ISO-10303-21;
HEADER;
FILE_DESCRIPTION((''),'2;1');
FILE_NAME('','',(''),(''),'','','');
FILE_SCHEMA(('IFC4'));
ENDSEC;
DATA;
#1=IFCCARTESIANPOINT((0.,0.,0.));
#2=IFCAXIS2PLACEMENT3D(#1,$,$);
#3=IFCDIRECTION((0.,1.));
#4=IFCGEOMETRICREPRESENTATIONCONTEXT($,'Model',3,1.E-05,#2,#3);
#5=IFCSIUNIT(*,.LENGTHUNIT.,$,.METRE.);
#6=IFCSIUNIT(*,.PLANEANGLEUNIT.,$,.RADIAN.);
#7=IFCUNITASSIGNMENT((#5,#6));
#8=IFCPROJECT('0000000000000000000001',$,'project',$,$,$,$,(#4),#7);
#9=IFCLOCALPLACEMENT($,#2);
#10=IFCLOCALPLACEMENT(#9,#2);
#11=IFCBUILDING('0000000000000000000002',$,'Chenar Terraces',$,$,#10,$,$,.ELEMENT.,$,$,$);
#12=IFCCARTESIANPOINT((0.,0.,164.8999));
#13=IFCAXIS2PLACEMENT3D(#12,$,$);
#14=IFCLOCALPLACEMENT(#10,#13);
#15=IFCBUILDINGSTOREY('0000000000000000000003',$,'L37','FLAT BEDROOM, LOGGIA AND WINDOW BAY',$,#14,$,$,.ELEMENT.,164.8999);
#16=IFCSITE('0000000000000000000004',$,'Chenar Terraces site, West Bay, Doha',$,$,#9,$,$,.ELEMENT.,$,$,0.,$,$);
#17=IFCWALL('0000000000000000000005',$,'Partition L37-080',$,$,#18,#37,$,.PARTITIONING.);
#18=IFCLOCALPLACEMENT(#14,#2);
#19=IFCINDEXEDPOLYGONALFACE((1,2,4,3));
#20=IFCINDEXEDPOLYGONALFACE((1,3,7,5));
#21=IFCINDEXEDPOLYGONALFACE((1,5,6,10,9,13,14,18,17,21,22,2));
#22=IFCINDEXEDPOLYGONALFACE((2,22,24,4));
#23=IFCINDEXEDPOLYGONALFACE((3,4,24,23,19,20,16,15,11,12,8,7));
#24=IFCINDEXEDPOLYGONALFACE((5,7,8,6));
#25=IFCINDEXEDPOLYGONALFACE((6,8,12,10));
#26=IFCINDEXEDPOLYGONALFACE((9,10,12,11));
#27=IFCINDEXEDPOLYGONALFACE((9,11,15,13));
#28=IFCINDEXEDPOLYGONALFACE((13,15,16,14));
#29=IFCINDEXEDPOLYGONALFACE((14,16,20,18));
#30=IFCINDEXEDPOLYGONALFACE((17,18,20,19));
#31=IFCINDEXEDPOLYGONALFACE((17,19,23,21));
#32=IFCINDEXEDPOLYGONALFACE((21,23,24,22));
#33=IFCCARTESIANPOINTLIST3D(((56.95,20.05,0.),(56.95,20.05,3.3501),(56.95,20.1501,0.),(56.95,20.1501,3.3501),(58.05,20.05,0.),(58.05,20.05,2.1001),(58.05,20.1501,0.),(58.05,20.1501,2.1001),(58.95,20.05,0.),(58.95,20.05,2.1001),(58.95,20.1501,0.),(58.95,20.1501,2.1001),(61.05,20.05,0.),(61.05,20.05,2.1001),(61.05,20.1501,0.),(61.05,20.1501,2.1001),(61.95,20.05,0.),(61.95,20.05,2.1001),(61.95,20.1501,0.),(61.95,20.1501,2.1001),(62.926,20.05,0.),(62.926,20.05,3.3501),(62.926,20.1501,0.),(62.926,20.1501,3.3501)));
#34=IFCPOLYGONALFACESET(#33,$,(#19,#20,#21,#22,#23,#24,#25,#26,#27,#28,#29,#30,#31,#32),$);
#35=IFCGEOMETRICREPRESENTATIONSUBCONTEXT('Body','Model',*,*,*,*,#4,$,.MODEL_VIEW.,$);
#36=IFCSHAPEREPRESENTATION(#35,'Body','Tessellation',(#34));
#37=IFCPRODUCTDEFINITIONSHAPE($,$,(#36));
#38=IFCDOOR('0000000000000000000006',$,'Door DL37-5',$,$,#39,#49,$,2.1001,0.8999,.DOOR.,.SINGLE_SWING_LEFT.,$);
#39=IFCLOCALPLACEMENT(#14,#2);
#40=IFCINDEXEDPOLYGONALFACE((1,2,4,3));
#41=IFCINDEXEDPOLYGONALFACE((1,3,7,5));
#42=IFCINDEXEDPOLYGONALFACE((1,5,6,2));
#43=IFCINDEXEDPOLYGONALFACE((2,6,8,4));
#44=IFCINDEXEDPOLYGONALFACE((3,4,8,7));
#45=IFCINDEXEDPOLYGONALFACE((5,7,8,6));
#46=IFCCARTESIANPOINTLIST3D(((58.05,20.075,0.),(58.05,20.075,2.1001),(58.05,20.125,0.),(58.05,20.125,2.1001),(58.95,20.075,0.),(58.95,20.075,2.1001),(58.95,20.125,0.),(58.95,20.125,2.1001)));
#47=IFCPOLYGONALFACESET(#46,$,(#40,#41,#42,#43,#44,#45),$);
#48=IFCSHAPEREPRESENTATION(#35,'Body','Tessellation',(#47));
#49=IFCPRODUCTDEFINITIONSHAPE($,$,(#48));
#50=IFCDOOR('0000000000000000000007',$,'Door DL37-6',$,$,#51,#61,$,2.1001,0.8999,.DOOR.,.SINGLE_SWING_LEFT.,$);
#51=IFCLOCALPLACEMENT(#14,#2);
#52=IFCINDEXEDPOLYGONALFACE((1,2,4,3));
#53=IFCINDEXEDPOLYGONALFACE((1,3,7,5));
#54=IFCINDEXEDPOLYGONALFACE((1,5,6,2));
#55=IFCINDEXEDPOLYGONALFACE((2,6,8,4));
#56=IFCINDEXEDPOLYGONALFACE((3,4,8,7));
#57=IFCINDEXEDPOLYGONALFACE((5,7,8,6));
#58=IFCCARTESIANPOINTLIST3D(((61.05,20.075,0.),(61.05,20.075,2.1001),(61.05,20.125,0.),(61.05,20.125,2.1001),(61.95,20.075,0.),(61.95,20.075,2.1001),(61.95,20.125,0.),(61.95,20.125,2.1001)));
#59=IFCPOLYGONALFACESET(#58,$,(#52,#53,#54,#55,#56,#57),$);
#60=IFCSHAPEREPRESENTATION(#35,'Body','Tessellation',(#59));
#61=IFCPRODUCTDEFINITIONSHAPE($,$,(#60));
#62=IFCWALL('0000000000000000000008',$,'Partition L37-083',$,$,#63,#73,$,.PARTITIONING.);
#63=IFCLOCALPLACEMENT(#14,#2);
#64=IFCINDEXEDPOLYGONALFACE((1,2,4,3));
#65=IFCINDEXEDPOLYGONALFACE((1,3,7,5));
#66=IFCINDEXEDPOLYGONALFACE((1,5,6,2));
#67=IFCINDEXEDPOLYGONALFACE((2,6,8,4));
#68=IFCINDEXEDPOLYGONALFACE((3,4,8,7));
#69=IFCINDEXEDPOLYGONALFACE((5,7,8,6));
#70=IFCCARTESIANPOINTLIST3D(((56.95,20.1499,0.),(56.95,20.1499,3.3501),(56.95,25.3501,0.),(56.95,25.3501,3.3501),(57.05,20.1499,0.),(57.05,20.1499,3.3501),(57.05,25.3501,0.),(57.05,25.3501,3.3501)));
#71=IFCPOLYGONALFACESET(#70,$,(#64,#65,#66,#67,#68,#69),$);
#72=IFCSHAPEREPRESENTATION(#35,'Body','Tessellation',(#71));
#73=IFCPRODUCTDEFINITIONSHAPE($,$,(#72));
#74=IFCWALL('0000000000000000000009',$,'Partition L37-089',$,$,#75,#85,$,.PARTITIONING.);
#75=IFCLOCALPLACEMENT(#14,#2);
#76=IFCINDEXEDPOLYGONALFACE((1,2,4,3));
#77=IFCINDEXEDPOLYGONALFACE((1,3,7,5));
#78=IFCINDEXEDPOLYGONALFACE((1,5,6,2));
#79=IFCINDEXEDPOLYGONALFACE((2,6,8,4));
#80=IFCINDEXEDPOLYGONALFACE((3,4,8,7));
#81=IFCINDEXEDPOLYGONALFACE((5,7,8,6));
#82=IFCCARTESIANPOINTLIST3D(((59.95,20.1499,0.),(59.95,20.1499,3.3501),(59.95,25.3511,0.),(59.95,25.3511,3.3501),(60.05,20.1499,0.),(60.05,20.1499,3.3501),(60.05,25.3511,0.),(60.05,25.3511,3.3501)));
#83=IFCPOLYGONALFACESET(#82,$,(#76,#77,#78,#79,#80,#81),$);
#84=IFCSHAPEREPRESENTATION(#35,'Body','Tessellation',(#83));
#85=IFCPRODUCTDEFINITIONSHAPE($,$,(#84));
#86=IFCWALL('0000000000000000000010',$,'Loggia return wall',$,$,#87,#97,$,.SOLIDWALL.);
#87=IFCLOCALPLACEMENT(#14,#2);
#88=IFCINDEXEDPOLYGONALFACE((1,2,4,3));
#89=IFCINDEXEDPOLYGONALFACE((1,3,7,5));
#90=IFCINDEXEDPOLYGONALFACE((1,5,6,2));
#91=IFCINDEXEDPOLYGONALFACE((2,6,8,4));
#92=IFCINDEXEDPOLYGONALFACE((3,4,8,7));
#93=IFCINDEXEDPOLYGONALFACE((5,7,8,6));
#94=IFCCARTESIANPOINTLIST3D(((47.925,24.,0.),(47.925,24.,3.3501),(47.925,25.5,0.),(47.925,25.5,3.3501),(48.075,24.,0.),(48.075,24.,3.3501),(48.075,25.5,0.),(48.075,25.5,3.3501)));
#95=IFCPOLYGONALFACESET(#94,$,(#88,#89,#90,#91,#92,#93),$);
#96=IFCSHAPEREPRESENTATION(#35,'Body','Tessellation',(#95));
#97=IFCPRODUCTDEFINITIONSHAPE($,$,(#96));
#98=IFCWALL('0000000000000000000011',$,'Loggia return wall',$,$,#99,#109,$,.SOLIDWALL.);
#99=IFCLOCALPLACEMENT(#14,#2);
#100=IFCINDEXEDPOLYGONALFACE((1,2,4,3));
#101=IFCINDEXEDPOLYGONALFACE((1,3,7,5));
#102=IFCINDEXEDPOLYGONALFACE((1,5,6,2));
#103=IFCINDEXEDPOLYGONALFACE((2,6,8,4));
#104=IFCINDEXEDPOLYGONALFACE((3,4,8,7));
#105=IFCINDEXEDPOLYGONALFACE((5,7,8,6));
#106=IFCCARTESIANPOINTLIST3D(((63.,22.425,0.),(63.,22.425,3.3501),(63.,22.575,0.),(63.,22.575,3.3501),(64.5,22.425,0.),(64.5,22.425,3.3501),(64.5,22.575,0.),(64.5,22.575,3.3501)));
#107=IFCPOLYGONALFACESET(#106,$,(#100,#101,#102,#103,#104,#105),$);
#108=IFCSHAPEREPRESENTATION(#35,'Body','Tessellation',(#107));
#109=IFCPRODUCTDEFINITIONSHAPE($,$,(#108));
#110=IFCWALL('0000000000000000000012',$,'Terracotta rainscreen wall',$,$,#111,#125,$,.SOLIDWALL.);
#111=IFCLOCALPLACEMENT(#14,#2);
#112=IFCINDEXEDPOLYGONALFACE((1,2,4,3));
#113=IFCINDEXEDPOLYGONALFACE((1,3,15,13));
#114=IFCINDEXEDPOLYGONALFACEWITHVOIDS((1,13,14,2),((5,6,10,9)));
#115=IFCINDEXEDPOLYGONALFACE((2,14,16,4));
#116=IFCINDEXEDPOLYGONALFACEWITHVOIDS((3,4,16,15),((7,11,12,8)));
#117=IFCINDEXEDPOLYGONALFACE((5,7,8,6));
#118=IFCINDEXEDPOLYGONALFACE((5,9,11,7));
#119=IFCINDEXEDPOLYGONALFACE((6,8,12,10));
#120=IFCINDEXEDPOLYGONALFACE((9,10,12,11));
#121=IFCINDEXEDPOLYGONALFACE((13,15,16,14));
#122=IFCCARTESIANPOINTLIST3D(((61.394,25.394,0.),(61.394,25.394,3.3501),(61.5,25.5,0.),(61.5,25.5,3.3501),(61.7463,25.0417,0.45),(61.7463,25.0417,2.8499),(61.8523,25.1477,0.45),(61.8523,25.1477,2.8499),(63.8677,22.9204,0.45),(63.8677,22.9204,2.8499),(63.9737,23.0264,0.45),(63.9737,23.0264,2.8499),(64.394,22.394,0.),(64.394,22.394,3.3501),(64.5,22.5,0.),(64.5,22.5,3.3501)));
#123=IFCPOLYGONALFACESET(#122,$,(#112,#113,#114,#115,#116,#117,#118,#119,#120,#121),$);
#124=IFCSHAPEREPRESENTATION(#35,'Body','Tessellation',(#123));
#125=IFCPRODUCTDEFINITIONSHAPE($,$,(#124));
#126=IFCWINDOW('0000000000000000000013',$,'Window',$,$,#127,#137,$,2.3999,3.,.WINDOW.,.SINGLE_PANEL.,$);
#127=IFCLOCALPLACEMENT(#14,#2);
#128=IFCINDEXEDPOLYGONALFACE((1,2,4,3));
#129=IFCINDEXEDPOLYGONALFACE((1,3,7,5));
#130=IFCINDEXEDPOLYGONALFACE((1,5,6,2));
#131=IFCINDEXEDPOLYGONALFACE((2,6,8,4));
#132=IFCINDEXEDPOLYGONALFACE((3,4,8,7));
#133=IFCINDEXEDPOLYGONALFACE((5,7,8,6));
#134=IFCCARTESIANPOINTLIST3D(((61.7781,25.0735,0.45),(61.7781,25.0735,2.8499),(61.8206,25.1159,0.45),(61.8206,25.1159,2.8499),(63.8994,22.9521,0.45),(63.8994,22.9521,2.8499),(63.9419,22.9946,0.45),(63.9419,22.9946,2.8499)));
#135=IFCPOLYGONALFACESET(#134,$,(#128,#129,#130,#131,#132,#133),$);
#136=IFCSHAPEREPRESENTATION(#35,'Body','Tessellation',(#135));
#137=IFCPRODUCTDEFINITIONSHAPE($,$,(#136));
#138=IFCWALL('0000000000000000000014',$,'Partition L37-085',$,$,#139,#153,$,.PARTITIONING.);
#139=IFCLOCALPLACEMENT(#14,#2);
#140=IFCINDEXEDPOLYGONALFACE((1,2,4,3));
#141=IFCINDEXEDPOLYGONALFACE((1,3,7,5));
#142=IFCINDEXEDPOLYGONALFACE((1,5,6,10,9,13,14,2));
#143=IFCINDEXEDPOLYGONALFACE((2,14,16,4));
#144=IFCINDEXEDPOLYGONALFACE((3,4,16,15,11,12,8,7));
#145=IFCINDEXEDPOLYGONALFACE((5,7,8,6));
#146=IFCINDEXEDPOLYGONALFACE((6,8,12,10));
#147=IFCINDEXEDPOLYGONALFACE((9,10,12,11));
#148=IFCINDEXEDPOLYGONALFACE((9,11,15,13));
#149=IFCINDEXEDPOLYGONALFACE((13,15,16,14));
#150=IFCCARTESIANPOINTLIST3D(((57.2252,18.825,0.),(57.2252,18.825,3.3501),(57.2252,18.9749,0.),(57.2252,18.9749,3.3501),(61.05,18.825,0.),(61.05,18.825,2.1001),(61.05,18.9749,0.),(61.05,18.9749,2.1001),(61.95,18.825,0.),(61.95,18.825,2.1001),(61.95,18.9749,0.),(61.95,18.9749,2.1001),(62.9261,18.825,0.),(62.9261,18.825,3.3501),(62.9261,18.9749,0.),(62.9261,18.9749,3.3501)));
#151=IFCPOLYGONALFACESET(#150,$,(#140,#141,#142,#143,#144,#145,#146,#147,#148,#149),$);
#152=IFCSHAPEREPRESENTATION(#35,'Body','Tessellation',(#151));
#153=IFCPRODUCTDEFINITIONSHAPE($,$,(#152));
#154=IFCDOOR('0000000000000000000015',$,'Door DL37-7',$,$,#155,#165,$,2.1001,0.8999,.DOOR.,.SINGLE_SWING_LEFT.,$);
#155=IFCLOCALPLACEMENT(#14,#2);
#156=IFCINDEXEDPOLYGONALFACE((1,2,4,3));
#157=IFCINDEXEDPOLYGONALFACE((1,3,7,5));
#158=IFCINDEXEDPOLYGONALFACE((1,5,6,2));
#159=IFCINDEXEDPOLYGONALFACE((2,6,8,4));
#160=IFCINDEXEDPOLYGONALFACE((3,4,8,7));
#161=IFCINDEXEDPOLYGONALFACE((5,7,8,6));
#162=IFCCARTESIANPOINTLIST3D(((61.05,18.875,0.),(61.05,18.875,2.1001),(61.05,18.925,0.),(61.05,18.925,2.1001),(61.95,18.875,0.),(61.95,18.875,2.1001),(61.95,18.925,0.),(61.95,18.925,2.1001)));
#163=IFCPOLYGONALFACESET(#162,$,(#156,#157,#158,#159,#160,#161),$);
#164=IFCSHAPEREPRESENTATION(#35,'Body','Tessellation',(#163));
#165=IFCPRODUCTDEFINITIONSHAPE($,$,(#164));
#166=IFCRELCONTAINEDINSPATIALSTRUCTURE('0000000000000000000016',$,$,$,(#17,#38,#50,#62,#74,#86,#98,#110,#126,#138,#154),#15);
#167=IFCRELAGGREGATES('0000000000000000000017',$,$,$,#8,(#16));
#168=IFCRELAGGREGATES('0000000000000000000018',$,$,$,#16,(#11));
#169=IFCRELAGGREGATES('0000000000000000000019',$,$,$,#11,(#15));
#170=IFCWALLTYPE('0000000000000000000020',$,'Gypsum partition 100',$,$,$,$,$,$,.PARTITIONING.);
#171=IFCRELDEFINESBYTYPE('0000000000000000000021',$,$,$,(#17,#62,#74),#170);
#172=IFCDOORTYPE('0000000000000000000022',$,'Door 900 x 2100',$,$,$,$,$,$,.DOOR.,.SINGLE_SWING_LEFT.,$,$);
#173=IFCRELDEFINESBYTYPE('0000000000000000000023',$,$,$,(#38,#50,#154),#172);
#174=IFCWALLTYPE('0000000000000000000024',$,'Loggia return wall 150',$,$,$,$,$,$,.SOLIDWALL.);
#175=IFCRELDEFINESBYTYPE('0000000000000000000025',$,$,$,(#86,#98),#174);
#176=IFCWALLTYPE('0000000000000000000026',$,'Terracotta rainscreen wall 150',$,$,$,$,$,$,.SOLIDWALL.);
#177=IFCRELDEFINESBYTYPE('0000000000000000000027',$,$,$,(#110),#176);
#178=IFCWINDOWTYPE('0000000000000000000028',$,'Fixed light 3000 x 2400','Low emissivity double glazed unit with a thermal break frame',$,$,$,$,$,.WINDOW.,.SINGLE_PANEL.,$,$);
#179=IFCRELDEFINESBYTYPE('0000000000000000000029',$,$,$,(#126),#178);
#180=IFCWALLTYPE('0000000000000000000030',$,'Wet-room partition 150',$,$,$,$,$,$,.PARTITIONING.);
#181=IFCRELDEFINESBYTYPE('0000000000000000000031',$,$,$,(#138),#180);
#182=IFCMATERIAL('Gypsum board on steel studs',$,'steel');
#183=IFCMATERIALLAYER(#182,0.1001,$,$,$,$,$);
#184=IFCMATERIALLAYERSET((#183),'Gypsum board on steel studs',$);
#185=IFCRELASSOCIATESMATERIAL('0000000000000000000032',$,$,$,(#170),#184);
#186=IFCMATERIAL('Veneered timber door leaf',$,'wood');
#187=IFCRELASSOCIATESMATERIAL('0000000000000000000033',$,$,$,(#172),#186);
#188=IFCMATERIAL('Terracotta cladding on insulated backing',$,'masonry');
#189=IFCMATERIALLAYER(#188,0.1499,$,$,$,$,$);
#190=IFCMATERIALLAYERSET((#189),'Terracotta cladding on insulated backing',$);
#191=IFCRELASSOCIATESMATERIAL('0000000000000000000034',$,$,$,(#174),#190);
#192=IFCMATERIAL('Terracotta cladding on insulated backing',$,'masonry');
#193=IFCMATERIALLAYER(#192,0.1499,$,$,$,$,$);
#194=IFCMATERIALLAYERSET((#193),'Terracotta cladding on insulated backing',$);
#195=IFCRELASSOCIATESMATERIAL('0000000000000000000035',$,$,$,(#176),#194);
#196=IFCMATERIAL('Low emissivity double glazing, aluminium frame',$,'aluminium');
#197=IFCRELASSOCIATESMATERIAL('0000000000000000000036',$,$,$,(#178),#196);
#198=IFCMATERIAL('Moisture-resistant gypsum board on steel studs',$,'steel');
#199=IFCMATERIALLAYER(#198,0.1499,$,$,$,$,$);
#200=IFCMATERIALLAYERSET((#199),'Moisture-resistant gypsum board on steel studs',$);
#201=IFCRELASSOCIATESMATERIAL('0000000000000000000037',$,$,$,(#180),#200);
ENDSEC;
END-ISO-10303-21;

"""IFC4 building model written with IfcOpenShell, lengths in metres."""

from ifc_helpers import new_model, si_unit, direction, frame, frame_2d, origin, place, context, subcontext, project, spatial, rectangle, extrude, material, layer, layer_set, type_object, element, fill, save


model = new_model("IFC4")

# Units and contexts
model_context = context("Model", 3, precision=1e-05, world=origin(), true_north=direction((0.0, 1.0)))
body_context = subcontext(model_context, "Body", "Model", "MODEL_VIEW")
ifc_project = project(units=[si_unit("LENGTHUNIT", "METRE"), si_unit("PLANEANGLEUNIT", "RADIAN")], contexts=[model_context])

# Site, building, storey
site_placement = place(None, origin())
site = spatial("IfcSite", under=ifc_project, at=site_placement, Name="Chenar Terraces site, West Bay, Doha", CompositionType="ELEMENT", RefElevation=0.0)
building_placement = place(site_placement, origin())
building = spatial("IfcBuilding", under=site, at=building_placement, Name="Chenar Terraces", CompositionType="ELEMENT")
storey_placement = place(building_placement, frame((0.0, 0.0, 164.8999)))
storey = spatial("IfcBuildingStorey", under=building, at=storey_placement, Name="L37", Description="FLAT BEDROOM, LOGGIA AND WINDOW BAY", CompositionType="ELEMENT", Elevation=164.8999)

# Wall, openings, doors
ifc_material_1 = material(Name="Gypsum board on steel studs", Category="steel")
ifc_layer_1 = layer(ifc_material_1, 0.1001)
ifc_layer_set_1 = layer_set([ifc_layer_1], Name="Gypsum board on steel studs")
wall_type_1 = type_object("IfcWallType", Name="Gypsum partition 100", PredefinedType="PARTITIONING", material=ifc_layer_set_1)
wall_1_placement = place(storey_placement, frame((56.95, 20.1001, 0.0), z_axis=(0.0, 0.0, 1.0), x_axis=(1.0, 0.0, 0.0)))
wall_1 = element("IfcWall", 1, at=wall_1_placement, inside=storey, type_object=wall_type_1, Name="Partition L37-080", PredefinedType="PARTITIONING", context=body_context, shape_type="SweptSolid", body=[
    extrude(rectangle(XDim=5.9761, YDim=0.1001, at=frame_2d((2.988, 0.0))), origin(), (0.0, 0.0, 1.0), 3.3501),
])
opening_1_placement = place(wall_1_placement, frame((1.1001, 0.0, 0.0)))
opening_1 = element("IfcOpeningElement", 2, at=opening_1_placement, cuts=wall_1, PredefinedType="OPENING", context=body_context, shape_type="SweptSolid", body=[
    extrude(rectangle(XDim=0.8999, YDim=2.1001, at=frame_2d((0.45, 1.05))), frame((0.0, 0.0601, 0.0), z_axis=(0.0, -1.0, 0.0), x_axis=(1.0, 0.0, 0.0)), (0.0, 0.0, 1.0), 0.1201),
])
opening_2_placement = place(wall_1_placement, frame((4.1001, 0.0, 0.0)))
opening_2 = element("IfcOpeningElement", 3, at=opening_2_placement, cuts=wall_1, PredefinedType="OPENING", context=body_context, shape_type="SweptSolid", body=[
    extrude(rectangle(XDim=0.8999, YDim=2.1001, at=frame_2d((0.45, 1.05))), frame((0.0, 0.0601, 0.0), z_axis=(0.0, -1.0, 0.0), x_axis=(1.0, 0.0, 0.0)), (0.0, 0.0, 1.0), 0.1201),
])
ifc_material_2 = material(Name="Veneered timber door leaf", Category="wood")
door_type = type_object("IfcDoorType", Name="Door 900 x 2100", OperationType="SINGLE_SWING_LEFT", PredefinedType="DOOR", material=ifc_material_2)
door_1_placement = place(opening_1_placement, origin())
door_1 = element("IfcDoor", 4, at=door_1_placement, inside=storey, type_object=door_type, Name="Door DL37-5", OperationType="SINGLE_SWING_LEFT", OverallHeight=2.1001, OverallWidth=0.8999, PredefinedType="DOOR", context=body_context, shape_type="SweptSolid", body=[
    extrude(rectangle(XDim=0.8999, YDim=2.1001, at=frame_2d((0.45, 1.05))), frame((0.0, 0.0249, 0.0), z_axis=(0.0, -1.0, 0.0), x_axis=(1.0, 0.0, 0.0)), (0.0, 0.0, 1.0), 0.05),
])
fill(opening_1, door_1)
door_2_placement = place(opening_2_placement, origin())
door_2 = element("IfcDoor", 5, at=door_2_placement, inside=storey, type_object=door_type, Name="Door DL37-6", OperationType="SINGLE_SWING_LEFT", OverallHeight=2.1001, OverallWidth=0.8999, PredefinedType="DOOR", context=body_context, shape_type="SweptSolid", body=[
    extrude(rectangle(XDim=0.8999, YDim=2.1001, at=frame_2d((0.45, 1.05))), frame((0.0, 0.0249, 0.0), z_axis=(0.0, -1.0, 0.0), x_axis=(1.0, 0.0, 0.0)), (0.0, 0.0, 1.0), 0.05),
])
fill(opening_2, door_2)

# Walls
wall_2_placement = place(storey_placement, frame((57.0, 20.1499, 0.0), z_axis=(0.0, 0.0, 1.0), x_axis=(0.0, 1.0, 0.0)))
element("IfcWall", 6, at=wall_2_placement, inside=storey, type_object=wall_type_1, Name="Partition L37-083", PredefinedType="PARTITIONING", context=body_context, shape_type="SweptSolid", body=[
    extrude(rectangle(XDim=5.2002, YDim=0.1001, at=frame_2d((2.6001, 0.0))), origin(), (0.0, 0.0, 1.0), 3.3501),
])
wall_3_placement = place(storey_placement, frame((60.0, 20.1499, 0.0), z_axis=(0.0, 0.0, 1.0), x_axis=(0.0, 1.0, 0.0)))
element("IfcWall", 7, at=wall_3_placement, inside=storey, type_object=wall_type_1, Name="Partition L37-089", PredefinedType="PARTITIONING", context=body_context, shape_type="SweptSolid", body=[
    extrude(rectangle(XDim=5.2012, YDim=0.1001, at=frame_2d((2.6006, 0.0))), origin(), (0.0, 0.0, 1.0), 3.3501),
])
ifc_material_3 = material(Name="Terracotta cladding on insulated backing", Category="masonry")
ifc_layer_2 = layer(ifc_material_3, 0.1499)
ifc_layer_set_2 = layer_set([ifc_layer_2], Name="Terracotta cladding on insulated backing")
wall_type_2 = type_object("IfcWallType", Name="Loggia return wall 150", PredefinedType="SOLIDWALL", material=ifc_layer_set_2)
for number, where, z_axis, x_axis, name in (
    (8, (48.0, 25.5, 0.0), (0.0, 0.0, 1.0), (0.0, -1.0, 0.0), "Loggia return wall"),
    (9, (64.5, 22.5, 0.0), (0.0, 0.0, 1.0), (-1.0, 0.0, 0.0), "Loggia return wall"),
):
    element("IfcWall", number, at=place(storey_placement, frame(where, z_axis=z_axis, x_axis=x_axis)), inside=storey, type_object=wall_type_2, Name=name, PredefinedType="SOLIDWALL", context=body_context, shape_type="SweptSolid", body=[
        extrude(rectangle(XDim=1.5, YDim=0.1499, at=frame_2d((0.75, 0.0))), origin(), (0.0, 0.0, 1.0), 3.3501),
    ])

# Wall, opening, window
ifc_material_4 = material(Name="Terracotta cladding on insulated backing", Category="masonry")
ifc_layer_3 = layer(ifc_material_4, 0.1499)
ifc_layer_set_3 = layer_set([ifc_layer_3], Name="Terracotta cladding on insulated backing")
wall_type_3 = type_object("IfcWallType", Name="Terracotta rainscreen wall 150", PredefinedType="SOLIDWALL", material=ifc_layer_set_3)
wall_4_placement = place(storey_placement, frame((64.447, 22.447, 0.0), z_axis=(0.0, 0.0, 1.0), x_axis=(-0.707107, 0.707107, 0.0)))
wall_4 = element("IfcWall", 10, at=wall_4_placement, inside=storey, type_object=wall_type_3, Name="Terracotta rainscreen wall", PredefinedType="SOLIDWALL", context=body_context, shape_type="SweptSolid", body=[
    extrude(rectangle(XDim=4.2427, YDim=0.1499, at=frame_2d((2.1213, 0.0))), origin(), (0.0, 0.0, 1.0), 3.3501),
])
opening_3_placement = place(wall_4_placement, frame((0.7444, 0.0, 0.45)))
opening_3 = element("IfcOpeningElement", 11, at=opening_3_placement, cuts=wall_4, PredefinedType="OPENING", context=body_context, shape_type="SweptSolid", body=[
    extrude(rectangle(XDim=3.0, YDim=2.3999, at=frame_2d((1.5, 1.2))), frame((0.0, 0.085, 0.0), z_axis=(0.0, -1.0, 0.0), x_axis=(1.0, 0.0, 0.0)), (0.0, 0.0, 1.0), 0.1699),
])
ifc_material_5 = material(Name="Low emissivity double glazing, aluminium frame", Category="aluminium")
window_type_1 = type_object("IfcWindowType", Name="Fixed light 3000 x 2400", Description="Low emissivity double glazed unit with a thermal break frame", PartitioningType="SINGLE_PANEL", PredefinedType="WINDOW", material=ifc_material_5)
window_1_placement = place(opening_3_placement, origin())
window_1 = element("IfcWindow", 12, at=window_1_placement, inside=storey, type_object=window_type_1, Name="Window", OverallHeight=2.3999, OverallWidth=3.0, PartitioningType="SINGLE_PANEL", PredefinedType="WINDOW", context=body_context, shape_type="SweptSolid", body=[
    extrude(rectangle(XDim=3.0, YDim=2.3999, at=frame_2d((1.5, 1.2))), frame((0.0, 0.03, 0.0), z_axis=(0.0, -1.0, 0.0), x_axis=(1.0, 0.0, 0.0)), (0.0, 0.0, 1.0), 0.0601),
])
fill(opening_3, window_1)

# Wall, opening, door
ifc_material_6 = material(Name="Moisture-resistant gypsum board on steel studs", Category="steel")
ifc_layer_4 = layer(ifc_material_6, 0.1499)
ifc_layer_set_4 = layer_set([ifc_layer_4], Name="Moisture-resistant gypsum board on steel studs")
wall_type_4 = type_object("IfcWallType", Name="Wet-room partition 150", PredefinedType="PARTITIONING", material=ifc_layer_set_4)
wall_5_placement = place(storey_placement, frame((57.2251, 18.8999, 0.0), z_axis=(0.0, 0.0, 1.0), x_axis=(1.0, 0.0, 0.0)))
wall_5 = element("IfcWall", 13, at=wall_5_placement, inside=storey, type_object=wall_type_4, Name="Partition L37-085", PredefinedType="PARTITIONING", context=body_context, shape_type="SweptSolid", body=[
    extrude(rectangle(XDim=5.7009, YDim=0.1499, at=frame_2d((2.8506, 0.0))), origin(), (0.0, 0.0, 1.0), 3.3501),
])
opening_4_placement = place(wall_5_placement, frame((3.825, 0.0, 0.0)))
opening_4 = element("IfcOpeningElement", 14, at=opening_4_placement, cuts=wall_5, PredefinedType="OPENING", context=body_context, shape_type="SweptSolid", body=[
    extrude(rectangle(XDim=0.8999, YDim=2.1001, at=frame_2d((0.45, 1.05))), frame((0.0, 0.085, 0.0), z_axis=(0.0, -1.0, 0.0), x_axis=(1.0, 0.0, 0.0)), (0.0, 0.0, 1.0), 0.1699),
])
door_3_placement = place(opening_4_placement, frame((0.8999, 0.0, 0.0), z_axis=(0.0, 0.0, 1.0), x_axis=(-1.0, 0.0, 0.0)))
door_3 = element("IfcDoor", 15, at=door_3_placement, inside=storey, type_object=door_type, Name="Door DL37-7", OperationType="SINGLE_SWING_LEFT", OverallHeight=2.1001, OverallWidth=0.8999, PredefinedType="DOOR", context=body_context, shape_type="SweptSolid", body=[
    extrude(rectangle(XDim=0.8999, YDim=2.1001, at=frame_2d((0.45, 1.05))), frame((0.0, 0.0249, 0.0), z_axis=(0.0, -1.0, 0.0), x_axis=(1.0, 0.0, 0.0)), (0.0, 0.0, 1.0), 0.05),
])
fill(opening_4, door_3)

save(model, "model.ifc")
